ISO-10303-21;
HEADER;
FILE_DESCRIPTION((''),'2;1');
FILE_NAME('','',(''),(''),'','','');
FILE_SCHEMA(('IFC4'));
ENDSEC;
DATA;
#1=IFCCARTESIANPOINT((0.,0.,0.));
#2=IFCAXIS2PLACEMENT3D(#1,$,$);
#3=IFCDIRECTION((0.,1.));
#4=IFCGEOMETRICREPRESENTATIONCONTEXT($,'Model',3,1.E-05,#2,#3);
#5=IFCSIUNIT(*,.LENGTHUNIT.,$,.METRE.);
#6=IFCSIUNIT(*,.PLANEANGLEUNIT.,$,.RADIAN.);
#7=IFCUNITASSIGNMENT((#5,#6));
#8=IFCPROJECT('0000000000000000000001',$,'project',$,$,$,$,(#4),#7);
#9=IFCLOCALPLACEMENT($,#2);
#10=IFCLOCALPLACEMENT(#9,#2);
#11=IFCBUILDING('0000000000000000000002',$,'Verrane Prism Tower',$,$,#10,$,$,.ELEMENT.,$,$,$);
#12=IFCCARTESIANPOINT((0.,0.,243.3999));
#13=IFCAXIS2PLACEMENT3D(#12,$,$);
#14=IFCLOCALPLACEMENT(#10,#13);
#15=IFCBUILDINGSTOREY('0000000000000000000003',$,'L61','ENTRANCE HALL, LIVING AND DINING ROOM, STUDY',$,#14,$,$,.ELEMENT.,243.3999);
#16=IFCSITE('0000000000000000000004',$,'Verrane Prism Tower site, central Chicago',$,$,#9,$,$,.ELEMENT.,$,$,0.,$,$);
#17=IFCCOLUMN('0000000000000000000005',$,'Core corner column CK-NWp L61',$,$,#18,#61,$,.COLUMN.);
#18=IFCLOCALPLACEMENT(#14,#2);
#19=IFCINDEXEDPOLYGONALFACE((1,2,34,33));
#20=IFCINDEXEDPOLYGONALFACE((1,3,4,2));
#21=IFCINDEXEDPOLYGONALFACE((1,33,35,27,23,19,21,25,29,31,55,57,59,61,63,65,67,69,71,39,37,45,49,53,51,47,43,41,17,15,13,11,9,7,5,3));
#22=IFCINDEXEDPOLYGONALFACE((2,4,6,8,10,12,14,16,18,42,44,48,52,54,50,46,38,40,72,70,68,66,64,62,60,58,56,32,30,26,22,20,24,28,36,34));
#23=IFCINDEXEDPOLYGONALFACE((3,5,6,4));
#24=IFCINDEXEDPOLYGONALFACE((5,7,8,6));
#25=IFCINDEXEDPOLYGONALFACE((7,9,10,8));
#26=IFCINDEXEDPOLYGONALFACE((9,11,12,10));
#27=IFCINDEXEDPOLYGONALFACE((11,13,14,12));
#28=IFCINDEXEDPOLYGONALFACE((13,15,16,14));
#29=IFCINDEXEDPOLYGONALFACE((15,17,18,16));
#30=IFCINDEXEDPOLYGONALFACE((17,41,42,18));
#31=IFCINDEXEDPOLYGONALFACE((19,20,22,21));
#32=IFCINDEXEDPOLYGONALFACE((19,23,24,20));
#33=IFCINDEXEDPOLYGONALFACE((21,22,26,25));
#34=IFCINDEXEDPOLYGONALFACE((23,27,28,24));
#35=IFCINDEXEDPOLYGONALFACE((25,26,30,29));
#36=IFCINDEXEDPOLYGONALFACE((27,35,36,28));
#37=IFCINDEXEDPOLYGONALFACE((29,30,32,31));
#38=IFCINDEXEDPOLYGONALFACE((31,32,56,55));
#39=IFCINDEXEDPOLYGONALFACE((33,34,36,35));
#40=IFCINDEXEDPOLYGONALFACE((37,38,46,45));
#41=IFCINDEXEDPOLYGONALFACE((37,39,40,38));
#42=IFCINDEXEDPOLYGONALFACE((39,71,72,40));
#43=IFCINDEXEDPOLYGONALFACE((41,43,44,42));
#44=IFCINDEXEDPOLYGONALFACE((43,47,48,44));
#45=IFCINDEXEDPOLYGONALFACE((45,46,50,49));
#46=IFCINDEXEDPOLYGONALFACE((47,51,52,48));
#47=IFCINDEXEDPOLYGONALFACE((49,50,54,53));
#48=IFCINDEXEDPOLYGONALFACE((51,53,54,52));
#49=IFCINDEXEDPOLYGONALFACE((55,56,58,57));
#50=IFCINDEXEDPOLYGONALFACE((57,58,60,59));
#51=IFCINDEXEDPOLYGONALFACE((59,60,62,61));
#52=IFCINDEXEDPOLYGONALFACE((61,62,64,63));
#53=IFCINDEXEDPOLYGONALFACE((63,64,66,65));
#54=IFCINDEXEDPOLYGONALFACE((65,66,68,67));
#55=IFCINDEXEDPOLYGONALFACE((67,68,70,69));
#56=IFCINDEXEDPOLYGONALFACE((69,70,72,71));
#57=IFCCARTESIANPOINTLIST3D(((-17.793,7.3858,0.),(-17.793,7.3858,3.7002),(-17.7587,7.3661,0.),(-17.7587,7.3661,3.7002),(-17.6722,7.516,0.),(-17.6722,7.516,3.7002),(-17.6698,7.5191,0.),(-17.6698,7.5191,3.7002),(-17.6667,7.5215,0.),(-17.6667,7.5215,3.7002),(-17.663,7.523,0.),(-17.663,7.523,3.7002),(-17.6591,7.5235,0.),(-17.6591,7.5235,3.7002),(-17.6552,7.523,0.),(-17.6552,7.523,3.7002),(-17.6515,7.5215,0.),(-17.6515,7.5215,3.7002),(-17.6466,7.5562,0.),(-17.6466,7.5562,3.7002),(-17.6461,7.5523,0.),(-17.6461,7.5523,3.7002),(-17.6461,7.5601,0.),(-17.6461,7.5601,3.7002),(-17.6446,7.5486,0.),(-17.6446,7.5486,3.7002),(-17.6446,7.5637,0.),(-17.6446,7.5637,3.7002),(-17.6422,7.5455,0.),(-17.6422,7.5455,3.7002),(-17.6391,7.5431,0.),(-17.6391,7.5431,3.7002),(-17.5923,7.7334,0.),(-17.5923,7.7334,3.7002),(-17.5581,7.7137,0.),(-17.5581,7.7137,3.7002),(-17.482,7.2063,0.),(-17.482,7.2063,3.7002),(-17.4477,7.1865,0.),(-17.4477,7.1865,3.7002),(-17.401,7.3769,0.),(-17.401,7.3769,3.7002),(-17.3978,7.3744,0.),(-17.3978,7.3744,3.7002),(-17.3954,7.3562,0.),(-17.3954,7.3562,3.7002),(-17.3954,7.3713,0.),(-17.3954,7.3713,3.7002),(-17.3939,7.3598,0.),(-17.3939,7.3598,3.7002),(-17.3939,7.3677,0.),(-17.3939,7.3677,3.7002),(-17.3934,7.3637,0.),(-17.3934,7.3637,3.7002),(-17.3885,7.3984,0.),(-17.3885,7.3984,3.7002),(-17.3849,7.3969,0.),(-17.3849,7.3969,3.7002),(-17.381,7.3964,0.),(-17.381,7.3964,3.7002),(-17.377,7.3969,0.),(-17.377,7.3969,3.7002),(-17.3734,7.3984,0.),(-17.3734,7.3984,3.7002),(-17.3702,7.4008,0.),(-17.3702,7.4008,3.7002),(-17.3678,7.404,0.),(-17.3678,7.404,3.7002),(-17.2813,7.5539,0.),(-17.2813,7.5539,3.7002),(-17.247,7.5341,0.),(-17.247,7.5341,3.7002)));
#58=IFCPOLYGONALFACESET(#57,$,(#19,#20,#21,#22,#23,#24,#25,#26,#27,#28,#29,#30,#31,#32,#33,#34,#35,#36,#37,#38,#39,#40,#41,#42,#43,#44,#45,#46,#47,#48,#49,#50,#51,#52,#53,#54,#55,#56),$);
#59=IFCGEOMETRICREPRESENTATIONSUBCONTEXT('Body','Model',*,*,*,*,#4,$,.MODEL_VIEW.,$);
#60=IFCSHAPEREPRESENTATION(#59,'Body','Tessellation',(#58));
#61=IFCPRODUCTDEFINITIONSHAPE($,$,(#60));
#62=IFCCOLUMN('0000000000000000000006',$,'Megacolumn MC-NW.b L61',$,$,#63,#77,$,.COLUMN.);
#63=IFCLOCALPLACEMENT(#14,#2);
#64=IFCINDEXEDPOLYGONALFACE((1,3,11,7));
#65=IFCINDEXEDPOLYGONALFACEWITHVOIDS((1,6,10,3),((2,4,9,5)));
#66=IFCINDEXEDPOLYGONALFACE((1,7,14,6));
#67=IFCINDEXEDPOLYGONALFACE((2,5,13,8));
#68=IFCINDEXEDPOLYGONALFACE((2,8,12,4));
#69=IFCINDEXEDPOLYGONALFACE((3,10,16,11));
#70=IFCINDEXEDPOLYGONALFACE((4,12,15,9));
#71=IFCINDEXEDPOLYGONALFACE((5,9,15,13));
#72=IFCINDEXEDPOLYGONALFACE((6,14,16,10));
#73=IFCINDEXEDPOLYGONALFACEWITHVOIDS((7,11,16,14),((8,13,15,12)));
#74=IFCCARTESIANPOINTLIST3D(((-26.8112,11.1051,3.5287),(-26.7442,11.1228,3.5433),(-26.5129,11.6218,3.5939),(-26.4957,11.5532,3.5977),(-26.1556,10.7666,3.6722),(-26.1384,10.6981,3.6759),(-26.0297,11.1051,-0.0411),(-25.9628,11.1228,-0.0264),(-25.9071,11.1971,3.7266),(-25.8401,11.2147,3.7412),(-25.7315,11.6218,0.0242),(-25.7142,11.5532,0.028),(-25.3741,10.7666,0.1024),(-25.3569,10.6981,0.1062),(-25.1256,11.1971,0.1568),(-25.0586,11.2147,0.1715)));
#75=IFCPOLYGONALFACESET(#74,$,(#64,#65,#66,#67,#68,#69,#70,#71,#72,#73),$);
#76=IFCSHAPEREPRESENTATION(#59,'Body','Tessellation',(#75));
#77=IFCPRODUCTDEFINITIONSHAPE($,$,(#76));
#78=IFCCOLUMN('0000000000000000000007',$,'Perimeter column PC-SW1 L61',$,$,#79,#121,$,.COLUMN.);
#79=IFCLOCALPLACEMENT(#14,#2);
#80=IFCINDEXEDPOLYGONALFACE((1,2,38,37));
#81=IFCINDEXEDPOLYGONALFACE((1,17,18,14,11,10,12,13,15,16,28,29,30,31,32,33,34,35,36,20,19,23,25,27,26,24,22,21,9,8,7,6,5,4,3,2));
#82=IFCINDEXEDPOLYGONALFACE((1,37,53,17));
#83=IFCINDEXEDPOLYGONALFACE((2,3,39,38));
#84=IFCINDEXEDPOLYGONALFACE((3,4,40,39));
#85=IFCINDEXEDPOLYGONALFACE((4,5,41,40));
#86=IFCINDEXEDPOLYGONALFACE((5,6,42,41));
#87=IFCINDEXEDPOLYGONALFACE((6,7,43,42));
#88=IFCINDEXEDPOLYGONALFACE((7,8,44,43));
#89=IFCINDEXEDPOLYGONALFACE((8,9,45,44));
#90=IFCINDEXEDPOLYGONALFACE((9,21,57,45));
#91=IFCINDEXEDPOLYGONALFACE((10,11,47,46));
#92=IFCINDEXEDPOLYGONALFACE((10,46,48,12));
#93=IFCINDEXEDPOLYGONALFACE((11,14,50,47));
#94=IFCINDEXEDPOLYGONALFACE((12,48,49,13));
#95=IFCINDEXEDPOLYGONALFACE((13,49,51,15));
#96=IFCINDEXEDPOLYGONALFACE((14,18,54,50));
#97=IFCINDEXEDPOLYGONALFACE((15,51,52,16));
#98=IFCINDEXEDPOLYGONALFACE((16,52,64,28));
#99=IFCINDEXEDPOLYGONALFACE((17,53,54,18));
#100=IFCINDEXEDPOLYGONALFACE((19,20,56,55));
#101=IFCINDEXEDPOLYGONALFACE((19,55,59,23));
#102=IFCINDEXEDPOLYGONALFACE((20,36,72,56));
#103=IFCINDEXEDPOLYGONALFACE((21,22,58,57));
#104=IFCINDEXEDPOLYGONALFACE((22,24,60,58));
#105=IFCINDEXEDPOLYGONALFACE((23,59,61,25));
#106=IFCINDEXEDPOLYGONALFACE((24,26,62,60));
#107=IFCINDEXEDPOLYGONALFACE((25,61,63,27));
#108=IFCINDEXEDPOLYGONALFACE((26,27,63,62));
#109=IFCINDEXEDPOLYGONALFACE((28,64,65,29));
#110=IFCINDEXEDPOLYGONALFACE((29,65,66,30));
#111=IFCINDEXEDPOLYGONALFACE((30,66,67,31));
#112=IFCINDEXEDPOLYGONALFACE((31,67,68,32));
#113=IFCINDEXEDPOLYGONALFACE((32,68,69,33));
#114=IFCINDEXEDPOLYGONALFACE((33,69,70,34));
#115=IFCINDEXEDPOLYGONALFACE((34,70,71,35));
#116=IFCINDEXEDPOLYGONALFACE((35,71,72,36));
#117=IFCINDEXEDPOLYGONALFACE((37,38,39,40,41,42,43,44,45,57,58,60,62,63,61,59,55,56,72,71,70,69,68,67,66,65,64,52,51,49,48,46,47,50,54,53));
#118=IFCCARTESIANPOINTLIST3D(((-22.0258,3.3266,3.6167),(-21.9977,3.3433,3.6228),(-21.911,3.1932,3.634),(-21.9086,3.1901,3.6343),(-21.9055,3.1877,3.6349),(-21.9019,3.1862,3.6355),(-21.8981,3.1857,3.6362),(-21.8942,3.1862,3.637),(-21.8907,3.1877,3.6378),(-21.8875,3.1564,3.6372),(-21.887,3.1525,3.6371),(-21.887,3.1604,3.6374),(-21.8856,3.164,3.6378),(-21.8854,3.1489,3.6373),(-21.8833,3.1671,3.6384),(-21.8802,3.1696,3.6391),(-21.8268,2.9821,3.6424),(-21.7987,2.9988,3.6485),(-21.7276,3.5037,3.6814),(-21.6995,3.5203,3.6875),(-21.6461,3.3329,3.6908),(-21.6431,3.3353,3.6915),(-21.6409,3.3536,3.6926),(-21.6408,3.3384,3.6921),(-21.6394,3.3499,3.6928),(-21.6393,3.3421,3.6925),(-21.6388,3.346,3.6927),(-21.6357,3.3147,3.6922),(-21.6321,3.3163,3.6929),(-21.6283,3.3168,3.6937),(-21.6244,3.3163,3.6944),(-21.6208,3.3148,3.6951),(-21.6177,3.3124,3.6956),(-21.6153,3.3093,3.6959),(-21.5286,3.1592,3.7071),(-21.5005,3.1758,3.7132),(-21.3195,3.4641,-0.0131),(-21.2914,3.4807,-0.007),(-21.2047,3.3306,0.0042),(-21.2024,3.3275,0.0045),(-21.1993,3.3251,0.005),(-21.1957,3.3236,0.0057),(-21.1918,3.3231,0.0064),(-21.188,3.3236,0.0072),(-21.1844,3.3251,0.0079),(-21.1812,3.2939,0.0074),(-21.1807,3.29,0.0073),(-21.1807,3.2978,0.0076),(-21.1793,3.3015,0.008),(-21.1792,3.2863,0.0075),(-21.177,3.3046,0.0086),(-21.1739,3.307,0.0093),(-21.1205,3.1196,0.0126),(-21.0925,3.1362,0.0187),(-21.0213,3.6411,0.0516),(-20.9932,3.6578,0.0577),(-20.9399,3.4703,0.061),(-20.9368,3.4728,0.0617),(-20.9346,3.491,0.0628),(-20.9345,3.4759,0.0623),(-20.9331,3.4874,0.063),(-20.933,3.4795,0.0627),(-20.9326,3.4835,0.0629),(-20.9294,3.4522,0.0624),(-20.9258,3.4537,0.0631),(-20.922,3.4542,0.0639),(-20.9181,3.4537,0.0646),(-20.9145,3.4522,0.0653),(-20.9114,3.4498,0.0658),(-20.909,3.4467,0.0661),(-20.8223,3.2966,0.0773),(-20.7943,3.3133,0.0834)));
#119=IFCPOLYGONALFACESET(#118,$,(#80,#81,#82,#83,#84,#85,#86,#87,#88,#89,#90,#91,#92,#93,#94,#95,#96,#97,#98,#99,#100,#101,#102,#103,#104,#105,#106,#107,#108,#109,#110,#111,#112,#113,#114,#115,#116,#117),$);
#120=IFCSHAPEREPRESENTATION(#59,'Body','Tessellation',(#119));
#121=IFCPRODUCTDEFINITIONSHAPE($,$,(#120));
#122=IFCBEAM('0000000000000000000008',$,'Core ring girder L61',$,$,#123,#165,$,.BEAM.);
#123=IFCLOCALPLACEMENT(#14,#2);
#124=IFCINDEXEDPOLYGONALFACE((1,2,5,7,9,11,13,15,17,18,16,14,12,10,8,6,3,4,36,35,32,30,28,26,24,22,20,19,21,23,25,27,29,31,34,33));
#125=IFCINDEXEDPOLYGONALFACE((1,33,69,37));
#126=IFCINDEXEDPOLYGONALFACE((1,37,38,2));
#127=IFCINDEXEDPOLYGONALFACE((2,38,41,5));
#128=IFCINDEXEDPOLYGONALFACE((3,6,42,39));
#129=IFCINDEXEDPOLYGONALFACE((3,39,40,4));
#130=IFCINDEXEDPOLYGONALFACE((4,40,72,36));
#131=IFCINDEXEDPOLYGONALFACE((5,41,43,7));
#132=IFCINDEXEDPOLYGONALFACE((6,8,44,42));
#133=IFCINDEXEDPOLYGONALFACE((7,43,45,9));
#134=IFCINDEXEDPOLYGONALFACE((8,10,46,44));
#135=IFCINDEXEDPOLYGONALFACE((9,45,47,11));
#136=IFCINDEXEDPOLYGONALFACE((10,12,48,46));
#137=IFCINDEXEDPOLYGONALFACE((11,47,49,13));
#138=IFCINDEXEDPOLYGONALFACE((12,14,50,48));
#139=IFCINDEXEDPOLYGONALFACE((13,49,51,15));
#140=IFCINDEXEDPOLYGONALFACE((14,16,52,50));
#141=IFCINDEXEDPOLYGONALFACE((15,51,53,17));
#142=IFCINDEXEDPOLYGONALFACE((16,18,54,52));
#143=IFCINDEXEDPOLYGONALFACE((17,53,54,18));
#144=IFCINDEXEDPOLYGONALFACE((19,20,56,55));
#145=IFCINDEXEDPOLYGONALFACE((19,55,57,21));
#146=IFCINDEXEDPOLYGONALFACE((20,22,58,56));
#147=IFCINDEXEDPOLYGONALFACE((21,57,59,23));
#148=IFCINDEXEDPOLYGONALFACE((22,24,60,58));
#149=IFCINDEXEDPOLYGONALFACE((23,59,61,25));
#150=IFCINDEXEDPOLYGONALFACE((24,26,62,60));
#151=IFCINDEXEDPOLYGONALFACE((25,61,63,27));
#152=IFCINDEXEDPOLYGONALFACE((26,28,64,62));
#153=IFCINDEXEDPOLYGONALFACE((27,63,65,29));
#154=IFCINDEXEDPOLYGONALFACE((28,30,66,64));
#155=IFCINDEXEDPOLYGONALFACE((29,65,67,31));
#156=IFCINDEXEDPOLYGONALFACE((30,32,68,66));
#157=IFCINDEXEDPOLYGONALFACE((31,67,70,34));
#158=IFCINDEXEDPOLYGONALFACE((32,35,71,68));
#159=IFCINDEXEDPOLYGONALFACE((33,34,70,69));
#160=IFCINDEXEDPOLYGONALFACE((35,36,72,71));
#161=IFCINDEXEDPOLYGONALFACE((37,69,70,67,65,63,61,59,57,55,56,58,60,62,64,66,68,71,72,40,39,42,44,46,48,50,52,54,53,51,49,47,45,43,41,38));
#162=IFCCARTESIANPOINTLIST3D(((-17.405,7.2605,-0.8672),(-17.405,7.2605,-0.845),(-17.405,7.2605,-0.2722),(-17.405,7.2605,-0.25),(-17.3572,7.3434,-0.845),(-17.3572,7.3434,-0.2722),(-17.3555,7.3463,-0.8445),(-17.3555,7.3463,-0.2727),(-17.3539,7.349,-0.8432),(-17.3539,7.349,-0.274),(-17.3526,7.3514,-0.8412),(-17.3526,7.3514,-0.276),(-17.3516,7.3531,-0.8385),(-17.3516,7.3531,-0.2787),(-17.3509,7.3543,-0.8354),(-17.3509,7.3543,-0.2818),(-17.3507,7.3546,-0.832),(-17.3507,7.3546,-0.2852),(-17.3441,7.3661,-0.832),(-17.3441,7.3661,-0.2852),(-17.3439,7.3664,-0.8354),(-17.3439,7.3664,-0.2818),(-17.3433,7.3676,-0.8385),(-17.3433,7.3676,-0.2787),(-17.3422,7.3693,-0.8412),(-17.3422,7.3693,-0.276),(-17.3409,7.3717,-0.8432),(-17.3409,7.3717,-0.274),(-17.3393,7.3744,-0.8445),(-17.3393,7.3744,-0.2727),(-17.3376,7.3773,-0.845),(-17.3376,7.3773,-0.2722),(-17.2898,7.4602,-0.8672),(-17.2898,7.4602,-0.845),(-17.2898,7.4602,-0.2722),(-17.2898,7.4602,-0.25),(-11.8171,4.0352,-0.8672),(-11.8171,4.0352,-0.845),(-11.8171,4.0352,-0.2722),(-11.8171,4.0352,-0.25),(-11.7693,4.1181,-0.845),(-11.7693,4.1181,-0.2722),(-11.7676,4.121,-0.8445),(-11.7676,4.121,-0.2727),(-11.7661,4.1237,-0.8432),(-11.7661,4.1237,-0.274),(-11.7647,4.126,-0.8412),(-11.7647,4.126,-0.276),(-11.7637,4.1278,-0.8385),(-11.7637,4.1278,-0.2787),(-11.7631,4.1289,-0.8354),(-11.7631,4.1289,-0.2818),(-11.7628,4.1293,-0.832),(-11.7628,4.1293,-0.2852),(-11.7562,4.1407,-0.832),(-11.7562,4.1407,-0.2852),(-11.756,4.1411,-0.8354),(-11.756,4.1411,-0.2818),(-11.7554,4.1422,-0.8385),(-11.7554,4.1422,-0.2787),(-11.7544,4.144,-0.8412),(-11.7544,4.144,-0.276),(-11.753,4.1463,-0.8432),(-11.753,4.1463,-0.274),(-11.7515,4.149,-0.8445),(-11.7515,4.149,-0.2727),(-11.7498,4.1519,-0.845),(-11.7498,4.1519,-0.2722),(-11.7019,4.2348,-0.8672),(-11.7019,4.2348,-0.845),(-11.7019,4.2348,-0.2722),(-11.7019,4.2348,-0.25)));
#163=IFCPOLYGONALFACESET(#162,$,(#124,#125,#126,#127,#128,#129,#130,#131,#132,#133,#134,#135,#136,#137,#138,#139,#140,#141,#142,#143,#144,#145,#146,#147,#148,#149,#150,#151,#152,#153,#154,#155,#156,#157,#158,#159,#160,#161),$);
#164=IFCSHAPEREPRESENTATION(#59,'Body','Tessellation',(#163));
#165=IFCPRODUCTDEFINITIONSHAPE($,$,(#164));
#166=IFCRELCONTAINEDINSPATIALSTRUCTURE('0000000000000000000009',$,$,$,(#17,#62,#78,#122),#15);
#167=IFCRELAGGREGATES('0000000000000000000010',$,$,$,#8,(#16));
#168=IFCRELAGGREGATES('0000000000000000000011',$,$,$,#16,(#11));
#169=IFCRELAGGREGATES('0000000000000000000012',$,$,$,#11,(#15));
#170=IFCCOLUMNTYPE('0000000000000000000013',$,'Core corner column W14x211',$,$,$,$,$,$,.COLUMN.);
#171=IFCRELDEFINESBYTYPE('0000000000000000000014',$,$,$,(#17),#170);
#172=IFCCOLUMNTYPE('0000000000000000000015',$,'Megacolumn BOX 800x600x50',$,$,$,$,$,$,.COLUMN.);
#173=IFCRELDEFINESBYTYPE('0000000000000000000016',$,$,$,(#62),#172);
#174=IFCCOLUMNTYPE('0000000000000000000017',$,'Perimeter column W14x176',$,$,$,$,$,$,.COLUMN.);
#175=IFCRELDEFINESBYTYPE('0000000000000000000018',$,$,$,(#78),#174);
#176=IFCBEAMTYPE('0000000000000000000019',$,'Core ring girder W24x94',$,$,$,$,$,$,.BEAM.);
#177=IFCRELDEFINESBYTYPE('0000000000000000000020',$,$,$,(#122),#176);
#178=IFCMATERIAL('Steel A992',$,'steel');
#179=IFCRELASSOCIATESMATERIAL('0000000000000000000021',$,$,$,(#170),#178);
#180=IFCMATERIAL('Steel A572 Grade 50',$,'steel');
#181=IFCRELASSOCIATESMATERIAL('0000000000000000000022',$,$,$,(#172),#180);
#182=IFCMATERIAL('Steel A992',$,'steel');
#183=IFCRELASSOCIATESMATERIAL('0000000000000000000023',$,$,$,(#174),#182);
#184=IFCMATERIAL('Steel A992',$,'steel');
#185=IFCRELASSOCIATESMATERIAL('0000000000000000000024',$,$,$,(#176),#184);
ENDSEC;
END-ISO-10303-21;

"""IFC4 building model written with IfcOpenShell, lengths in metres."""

from ifc_helpers import new_model, si_unit, direction, frame, origin, origin_2d, place, context, subcontext, project, spatial, hollow_rectangle, i_section, extrude, material, material_profile, profile_set, type_object, element, save


model = new_model("IFC4")

# Units and contexts
model_context = context("Model", 3, precision=1e-05, world=origin(), true_north=direction((0.0, 1.0)))
body_context = subcontext(model_context, "Body", "Model", "MODEL_VIEW")
ifc_project = project(units=[si_unit("LENGTHUNIT", "METRE"), si_unit("PLANEANGLEUNIT", "RADIAN")], contexts=[model_context])

# Site, building, storey
site_placement = place(None, origin())
site = spatial("IfcSite", under=ifc_project, at=site_placement, Name="Verrane Prism Tower site, central Chicago", CompositionType="ELEMENT", RefElevation=0.0)
building_placement = place(site_placement, origin())
building = spatial("IfcBuilding", under=site, at=building_placement, Name="Verrane Prism Tower", CompositionType="ELEMENT")
storey_placement = place(building_placement, frame((0.0, 0.0, 243.3999)))
storey = spatial("IfcBuildingStorey", under=building, at=storey_placement, Name="L61", Description="ENTRANCE HALL, LIVING AND DINING ROOM, STUDY", CompositionType="ELEMENT", Elevation=243.3999)

# Columns
ifc_material_1 = material(Name="Steel A992", Category="steel")
ifc_material_profile_1 = material_profile(ifc_material_1, i_section(OverallWidth=0.4014, OverallDepth=0.3987, WebThickness=0.0249, FlangeThickness=0.0396, FilletRadius=0.0151, at=origin_2d()), Name="W14x211")
ifc_profile_set_1 = profile_set([ifc_material_profile_1], Name="Steel A992")
column_type_1 = type_object("IfcColumnType", Name="Core corner column W14x211", PredefinedType="COLUMN", material=ifc_profile_set_1)
column_1_placement = place(storey_placement, frame((-17.52, 7.46, 0.0), z_axis=(0.0, 0.0, 1.0), x_axis=(0.5, 0.866025, 0.0)))
element("IfcColumn", 1, at=column_1_placement, inside=storey, type_object=column_type_1, Name="Core corner column CK-NWp L61", PredefinedType="COLUMN", context=body_context, shape_type="SweptSolid", body=[
    extrude(i_section(OverallWidth=0.4014, OverallDepth=0.3987, WebThickness=0.0249, FlangeThickness=0.0396, FilletRadius=0.0151, at=origin_2d()), origin(), (0.0, 0.0, 1.0), 3.7002),
])
ifc_material_2 = material(Name="Steel A572 Grade 50", Category="steel")
ifc_material_profile_2 = material_profile(ifc_material_2, hollow_rectangle(XDim=0.6001, YDim=0.8, WallThickness=0.05, at=origin_2d()), Name="BOX 800x600x50")
ifc_profile_set_2 = profile_set([ifc_material_profile_2], Name="Steel A572 Grade 50")
column_type_2 = type_object("IfcColumnType", Name="Megacolumn BOX 800x600x50", PredefinedType="COLUMN", material=ifc_profile_set_2)
column_2_placement = place(storey_placement, frame((-25.5442, 11.1599, 0.0652), z_axis=(-0.213852, 0.0, 0.976866), x_axis=(0.497032, 0.860883, 0.108809)))
element("IfcColumn", 2, at=column_2_placement, inside=storey, type_object=column_type_2, Name="Megacolumn MC-NW.b L61", PredefinedType="COLUMN", context=body_context, shape_type="SweptSolid", body=[
    extrude(hollow_rectangle(XDim=0.6001, YDim=0.8, WallThickness=0.05, at=origin_2d()), origin(), (0.0, 0.0, 1.0), 3.6543),
])
ifc_material_3 = material(Name="Steel A992", Category="steel")
ifc_material_profile_3 = material_profile(ifc_material_3, i_section(OverallWidth=0.3987, OverallDepth=0.386, WebThickness=0.021, FlangeThickness=0.0332, FilletRadius=0.0151, at=origin_2d()), Name="W14x176")
ifc_profile_set_3 = profile_set([ifc_material_profile_3], Name="Steel A992")
column_type_3 = type_object("IfcColumnType", Name="Perimeter column W14x176", PredefinedType="COLUMN", material=ifc_profile_set_3)
column_3_placement = place(storey_placement, frame((-21.0569, 3.3887, 0.0352), z_axis=(-0.190865, -0.037144, 0.980913), x_axis=(-0.499098, 0.86415, -0.064392)))
element("IfcColumn", 3, at=column_3_placement, inside=storey, type_object=column_type_3, Name="Perimeter column PC-SW1 L61", PredefinedType="COLUMN", context=body_context, shape_type="SweptSolid", body=[
    extrude(i_section(OverallWidth=0.3987, OverallDepth=0.386, WebThickness=0.021, FlangeThickness=0.0332, FilletRadius=0.0151, at=origin_2d()), origin(), (0.0, 0.0, 1.0), 3.7004),
])

# Beam
ifc_material_4 = material(Name="Steel A992", Category="steel")
ifc_material_profile_4 = material_profile(ifc_material_4, i_section(OverallWidth=0.2305, OverallDepth=0.6172, WebThickness=0.0132, FlangeThickness=0.0222, FilletRadius=0.0129, at=origin_2d()), Name="W24x94")
ifc_profile_set_4 = profile_set([ifc_material_profile_4], Name="Steel A992")
beam_type_1 = type_object("IfcBeamType", Name="Core ring girder W24x94", PredefinedType="BEAM", material=ifc_profile_set_4)
beam_1_placement = place(storey_placement, frame((-17.3474, 7.3604, -0.5586), z_axis=(0.866081, -0.499904, 0.0), x_axis=(0.499904, 0.866081, 0.0)))
element("IfcBeam", 4, at=beam_1_placement, inside=storey, type_object=beam_type_1, Name="Core ring girder L61", PredefinedType="BEAM", context=body_context, shape_type="SweptSolid", body=[
    extrude(i_section(OverallWidth=0.2305, OverallDepth=0.6172, WebThickness=0.0132, FlangeThickness=0.0222, FilletRadius=0.0129, at=origin_2d()), origin(), (0.0, 0.0, 1.0), 6.4519),
])

save(model, "model.ifc")
